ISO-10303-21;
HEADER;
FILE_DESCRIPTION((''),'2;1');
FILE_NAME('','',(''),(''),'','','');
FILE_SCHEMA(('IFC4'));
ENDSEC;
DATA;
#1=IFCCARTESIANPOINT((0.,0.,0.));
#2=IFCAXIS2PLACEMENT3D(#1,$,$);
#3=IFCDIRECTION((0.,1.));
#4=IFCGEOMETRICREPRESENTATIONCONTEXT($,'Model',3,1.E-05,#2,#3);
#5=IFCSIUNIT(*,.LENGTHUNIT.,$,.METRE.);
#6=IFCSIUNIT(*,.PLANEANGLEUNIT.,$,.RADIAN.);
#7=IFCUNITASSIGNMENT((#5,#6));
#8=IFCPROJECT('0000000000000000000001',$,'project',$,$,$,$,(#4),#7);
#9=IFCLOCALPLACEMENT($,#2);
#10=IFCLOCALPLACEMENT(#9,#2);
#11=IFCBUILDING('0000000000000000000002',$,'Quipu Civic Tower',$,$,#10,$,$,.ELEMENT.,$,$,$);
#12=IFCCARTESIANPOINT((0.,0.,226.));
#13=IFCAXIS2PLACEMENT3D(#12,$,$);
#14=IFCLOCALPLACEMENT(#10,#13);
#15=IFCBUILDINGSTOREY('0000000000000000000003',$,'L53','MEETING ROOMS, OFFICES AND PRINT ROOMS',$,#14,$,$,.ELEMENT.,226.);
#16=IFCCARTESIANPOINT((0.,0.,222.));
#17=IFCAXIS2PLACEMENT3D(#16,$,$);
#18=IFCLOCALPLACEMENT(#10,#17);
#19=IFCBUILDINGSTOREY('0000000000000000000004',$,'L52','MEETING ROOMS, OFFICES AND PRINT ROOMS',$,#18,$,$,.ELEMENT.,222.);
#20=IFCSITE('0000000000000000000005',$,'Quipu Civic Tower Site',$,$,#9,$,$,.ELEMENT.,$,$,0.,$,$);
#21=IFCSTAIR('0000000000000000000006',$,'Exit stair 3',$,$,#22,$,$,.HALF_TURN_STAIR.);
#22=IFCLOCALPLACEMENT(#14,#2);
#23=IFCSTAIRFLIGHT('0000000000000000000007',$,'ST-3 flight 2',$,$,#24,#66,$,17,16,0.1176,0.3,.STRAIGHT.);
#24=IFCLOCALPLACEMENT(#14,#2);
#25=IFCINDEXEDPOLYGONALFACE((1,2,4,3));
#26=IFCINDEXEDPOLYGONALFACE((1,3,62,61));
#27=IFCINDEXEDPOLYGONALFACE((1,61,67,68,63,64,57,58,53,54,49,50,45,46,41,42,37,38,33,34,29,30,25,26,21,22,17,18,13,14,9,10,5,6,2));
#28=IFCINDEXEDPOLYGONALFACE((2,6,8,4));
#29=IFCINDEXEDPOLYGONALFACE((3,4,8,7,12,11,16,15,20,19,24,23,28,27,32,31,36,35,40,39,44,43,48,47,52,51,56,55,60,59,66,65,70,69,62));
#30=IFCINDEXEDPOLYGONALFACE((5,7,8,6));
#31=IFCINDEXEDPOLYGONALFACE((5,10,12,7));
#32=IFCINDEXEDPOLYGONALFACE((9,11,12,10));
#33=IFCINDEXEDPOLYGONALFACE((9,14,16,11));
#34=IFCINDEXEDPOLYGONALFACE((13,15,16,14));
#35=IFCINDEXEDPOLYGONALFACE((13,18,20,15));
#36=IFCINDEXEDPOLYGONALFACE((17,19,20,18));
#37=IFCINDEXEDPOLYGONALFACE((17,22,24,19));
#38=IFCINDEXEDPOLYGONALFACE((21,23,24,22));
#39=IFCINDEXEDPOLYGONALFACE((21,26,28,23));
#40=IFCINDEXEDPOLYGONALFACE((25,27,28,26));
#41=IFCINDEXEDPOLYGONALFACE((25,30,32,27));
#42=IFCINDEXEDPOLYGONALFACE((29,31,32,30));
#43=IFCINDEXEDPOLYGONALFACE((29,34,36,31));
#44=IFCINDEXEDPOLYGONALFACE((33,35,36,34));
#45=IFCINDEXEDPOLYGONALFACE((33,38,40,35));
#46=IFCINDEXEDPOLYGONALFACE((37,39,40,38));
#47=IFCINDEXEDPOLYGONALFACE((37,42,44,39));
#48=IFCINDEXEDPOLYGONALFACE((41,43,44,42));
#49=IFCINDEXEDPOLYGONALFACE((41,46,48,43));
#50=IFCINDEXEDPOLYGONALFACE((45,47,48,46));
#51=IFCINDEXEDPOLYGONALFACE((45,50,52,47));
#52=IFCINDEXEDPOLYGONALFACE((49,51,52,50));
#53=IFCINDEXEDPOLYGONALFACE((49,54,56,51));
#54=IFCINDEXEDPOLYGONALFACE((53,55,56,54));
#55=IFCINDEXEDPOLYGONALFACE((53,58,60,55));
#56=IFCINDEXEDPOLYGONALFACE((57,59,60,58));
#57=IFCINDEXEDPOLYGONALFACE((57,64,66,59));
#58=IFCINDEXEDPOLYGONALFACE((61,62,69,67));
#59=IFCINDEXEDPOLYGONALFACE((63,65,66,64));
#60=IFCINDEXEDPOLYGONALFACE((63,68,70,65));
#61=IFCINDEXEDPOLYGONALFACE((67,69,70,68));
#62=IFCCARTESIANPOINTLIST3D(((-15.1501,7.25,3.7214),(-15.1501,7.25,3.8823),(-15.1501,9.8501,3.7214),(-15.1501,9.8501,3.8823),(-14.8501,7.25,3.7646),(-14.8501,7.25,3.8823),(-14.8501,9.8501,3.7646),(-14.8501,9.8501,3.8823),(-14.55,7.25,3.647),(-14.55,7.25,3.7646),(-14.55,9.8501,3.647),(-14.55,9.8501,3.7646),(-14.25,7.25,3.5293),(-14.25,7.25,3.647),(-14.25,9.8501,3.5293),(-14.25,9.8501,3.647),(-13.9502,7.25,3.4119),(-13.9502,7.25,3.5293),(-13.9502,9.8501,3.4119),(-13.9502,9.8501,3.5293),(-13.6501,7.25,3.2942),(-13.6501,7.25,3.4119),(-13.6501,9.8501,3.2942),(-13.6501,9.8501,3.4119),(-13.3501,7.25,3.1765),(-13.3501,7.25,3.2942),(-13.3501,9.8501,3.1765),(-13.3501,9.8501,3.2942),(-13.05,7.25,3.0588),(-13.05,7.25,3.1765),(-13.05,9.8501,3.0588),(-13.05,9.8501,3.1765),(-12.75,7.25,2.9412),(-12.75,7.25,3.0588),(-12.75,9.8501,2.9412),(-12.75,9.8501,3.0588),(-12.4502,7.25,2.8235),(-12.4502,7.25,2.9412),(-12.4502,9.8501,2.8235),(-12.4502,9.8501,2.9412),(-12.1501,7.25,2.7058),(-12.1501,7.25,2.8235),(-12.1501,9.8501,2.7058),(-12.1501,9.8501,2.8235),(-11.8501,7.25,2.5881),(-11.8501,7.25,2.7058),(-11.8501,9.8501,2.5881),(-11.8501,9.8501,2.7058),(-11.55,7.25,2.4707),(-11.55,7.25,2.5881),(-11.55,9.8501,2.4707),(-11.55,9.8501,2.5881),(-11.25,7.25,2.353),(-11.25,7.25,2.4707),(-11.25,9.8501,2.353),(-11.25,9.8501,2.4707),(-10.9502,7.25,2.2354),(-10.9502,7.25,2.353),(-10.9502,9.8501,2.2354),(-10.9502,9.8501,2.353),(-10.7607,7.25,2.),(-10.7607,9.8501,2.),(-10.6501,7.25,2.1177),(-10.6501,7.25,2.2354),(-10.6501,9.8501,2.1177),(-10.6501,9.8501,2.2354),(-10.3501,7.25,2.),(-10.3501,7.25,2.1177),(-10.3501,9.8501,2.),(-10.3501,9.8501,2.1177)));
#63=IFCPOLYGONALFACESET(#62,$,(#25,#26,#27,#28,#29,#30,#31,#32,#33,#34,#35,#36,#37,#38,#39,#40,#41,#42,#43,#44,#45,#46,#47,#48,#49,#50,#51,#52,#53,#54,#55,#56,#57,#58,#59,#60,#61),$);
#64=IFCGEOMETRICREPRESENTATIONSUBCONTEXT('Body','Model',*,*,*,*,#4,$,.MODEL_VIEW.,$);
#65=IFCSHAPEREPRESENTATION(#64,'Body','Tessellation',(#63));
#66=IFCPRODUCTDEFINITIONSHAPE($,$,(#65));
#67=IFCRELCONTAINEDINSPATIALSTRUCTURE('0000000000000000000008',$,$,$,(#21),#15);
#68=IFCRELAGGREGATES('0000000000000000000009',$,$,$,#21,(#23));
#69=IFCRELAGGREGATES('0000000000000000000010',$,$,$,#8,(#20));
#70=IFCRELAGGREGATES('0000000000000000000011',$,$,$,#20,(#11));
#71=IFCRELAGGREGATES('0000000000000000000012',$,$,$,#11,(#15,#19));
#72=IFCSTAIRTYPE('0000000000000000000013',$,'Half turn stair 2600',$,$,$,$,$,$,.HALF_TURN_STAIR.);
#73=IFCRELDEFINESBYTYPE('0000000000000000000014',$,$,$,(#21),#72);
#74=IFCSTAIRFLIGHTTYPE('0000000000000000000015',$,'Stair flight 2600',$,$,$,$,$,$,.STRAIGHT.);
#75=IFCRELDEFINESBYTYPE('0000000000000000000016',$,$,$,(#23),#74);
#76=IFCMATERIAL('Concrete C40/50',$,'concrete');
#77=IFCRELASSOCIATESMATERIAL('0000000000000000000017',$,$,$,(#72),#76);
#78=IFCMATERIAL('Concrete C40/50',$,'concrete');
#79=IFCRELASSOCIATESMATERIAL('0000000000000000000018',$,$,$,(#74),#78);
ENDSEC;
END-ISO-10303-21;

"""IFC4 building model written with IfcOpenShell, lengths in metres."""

from ifc_helpers import new_model, si_unit, direction, frame, origin, place, context, subcontext, project, spatial, polyline, outline, extrude, material, type_object, element, aggregate, save


model = new_model("IFC4")

# Units and contexts
model_context = context("Model", 3, precision=1e-05, world=origin(), true_north=direction((0.0, 1.0)))
body_context = subcontext(model_context, "Body", "Model", "MODEL_VIEW")
ifc_project = project(units=[si_unit("LENGTHUNIT", "METRE"), si_unit("PLANEANGLEUNIT", "RADIAN")], contexts=[model_context])

# Site, building, storey
site_placement = place(None, origin())
site = spatial("IfcSite", under=ifc_project, at=site_placement, Name="Quipu Civic Tower Site", CompositionType="ELEMENT", RefElevation=0.0)
building_placement = place(site_placement, origin())
building = spatial("IfcBuilding", under=site, at=building_placement, Name="Quipu Civic Tower", CompositionType="ELEMENT")
storey_1_placement = place(building_placement, frame((0.0, 0.0, 226.0)))
storey_1 = spatial("IfcBuildingStorey", under=building, at=storey_1_placement, Name="L53", Description="MEETING ROOMS, OFFICES AND PRINT ROOMS", CompositionType="ELEMENT", Elevation=226.0)

# Shared definitions
storey_2_placement = place(building_placement, frame((0.0, 0.0, 222.0)))
storey_2 = spatial("IfcBuildingStorey", under=building, at=storey_2_placement, Name="L52", Description="MEETING ROOMS, OFFICES AND PRINT ROOMS", CompositionType="ELEMENT", Elevation=222.0)

# Stair, stair flight
ifc_material_1 = material(Name="Concrete C40/50", Category="concrete")
stair_type = type_object("IfcStairType", Name="Half turn stair 2600", PredefinedType="HALF_TURN_STAIR", material=ifc_material_1)
stair_placement = place(storey_1_placement, origin())
stair = element("IfcStair", 1, at=stair_placement, inside=storey_1, type_object=stair_type, Name="Exit stair 3", PredefinedType="HALF_TURN_STAIR")
ifc_material_2 = material(Name="Concrete C40/50", Category="concrete")
stair_flight_type = type_object("IfcStairFlightType", Name="Stair flight 2600", PredefinedType="STRAIGHT", material=ifc_material_2)
stair_flight_1_placement = place(storey_1_placement, frame((-10.3501, 8.55, 2.0), z_axis=(0.0, 0.0, 1.0), x_axis=(-1.0, 0.0, 0.0)))
stair_flight_1 = element("IfcStairFlight", 2, at=stair_flight_1_placement, type_object=stair_flight_type, Name="ST-3 flight 2", NumberOfRisers=17, NumberOfTreads=16, PredefinedType="STRAIGHT", RiserHeight=0.1176, TreadLength=0.3, context=body_context, shape_type="SweptSolid", body=[
    extrude(outline(polyline([(0.0, 0.0), (0.0, 0.1177), (0.3, 0.1177), (0.3, 0.2354), (0.6001, 0.2354), (0.6001, 0.353), (0.8999, 0.353), (0.8999, 0.4707), (1.2, 0.4707), (1.2, 0.5881), (1.5, 0.5881), (1.5, 0.7058), (1.8, 0.7058), (1.8, 0.8235), (2.1001, 0.8235), (2.1001, 0.9412), (2.3999, 0.9412), (2.3999, 1.0588), (2.7, 1.0588), (2.7, 1.1765), (3.0, 1.1765), (3.0, 1.2942), (3.3, 1.2942), (3.3, 1.4119), (3.6001, 1.4119), (3.6001, 1.5293), (3.8999, 1.5293), (3.8999, 1.647), (4.2, 1.647), (4.2, 1.7646), (4.5, 1.7646), (4.5, 1.8823), (4.8, 1.8823), (4.8, 2.0), (4.8, 1.7214), (0.4106, 0.0), (0.0, 0.0)])), frame((0.0, 1.3, 0.0), z_axis=(0.0, -1.0, 0.0), x_axis=(1.0, 0.0, 0.0)), (0.0, 0.0, 1.0), 2.6001),
])
aggregate(stair, [stair_flight_1])

save(model, "model.ifc")
